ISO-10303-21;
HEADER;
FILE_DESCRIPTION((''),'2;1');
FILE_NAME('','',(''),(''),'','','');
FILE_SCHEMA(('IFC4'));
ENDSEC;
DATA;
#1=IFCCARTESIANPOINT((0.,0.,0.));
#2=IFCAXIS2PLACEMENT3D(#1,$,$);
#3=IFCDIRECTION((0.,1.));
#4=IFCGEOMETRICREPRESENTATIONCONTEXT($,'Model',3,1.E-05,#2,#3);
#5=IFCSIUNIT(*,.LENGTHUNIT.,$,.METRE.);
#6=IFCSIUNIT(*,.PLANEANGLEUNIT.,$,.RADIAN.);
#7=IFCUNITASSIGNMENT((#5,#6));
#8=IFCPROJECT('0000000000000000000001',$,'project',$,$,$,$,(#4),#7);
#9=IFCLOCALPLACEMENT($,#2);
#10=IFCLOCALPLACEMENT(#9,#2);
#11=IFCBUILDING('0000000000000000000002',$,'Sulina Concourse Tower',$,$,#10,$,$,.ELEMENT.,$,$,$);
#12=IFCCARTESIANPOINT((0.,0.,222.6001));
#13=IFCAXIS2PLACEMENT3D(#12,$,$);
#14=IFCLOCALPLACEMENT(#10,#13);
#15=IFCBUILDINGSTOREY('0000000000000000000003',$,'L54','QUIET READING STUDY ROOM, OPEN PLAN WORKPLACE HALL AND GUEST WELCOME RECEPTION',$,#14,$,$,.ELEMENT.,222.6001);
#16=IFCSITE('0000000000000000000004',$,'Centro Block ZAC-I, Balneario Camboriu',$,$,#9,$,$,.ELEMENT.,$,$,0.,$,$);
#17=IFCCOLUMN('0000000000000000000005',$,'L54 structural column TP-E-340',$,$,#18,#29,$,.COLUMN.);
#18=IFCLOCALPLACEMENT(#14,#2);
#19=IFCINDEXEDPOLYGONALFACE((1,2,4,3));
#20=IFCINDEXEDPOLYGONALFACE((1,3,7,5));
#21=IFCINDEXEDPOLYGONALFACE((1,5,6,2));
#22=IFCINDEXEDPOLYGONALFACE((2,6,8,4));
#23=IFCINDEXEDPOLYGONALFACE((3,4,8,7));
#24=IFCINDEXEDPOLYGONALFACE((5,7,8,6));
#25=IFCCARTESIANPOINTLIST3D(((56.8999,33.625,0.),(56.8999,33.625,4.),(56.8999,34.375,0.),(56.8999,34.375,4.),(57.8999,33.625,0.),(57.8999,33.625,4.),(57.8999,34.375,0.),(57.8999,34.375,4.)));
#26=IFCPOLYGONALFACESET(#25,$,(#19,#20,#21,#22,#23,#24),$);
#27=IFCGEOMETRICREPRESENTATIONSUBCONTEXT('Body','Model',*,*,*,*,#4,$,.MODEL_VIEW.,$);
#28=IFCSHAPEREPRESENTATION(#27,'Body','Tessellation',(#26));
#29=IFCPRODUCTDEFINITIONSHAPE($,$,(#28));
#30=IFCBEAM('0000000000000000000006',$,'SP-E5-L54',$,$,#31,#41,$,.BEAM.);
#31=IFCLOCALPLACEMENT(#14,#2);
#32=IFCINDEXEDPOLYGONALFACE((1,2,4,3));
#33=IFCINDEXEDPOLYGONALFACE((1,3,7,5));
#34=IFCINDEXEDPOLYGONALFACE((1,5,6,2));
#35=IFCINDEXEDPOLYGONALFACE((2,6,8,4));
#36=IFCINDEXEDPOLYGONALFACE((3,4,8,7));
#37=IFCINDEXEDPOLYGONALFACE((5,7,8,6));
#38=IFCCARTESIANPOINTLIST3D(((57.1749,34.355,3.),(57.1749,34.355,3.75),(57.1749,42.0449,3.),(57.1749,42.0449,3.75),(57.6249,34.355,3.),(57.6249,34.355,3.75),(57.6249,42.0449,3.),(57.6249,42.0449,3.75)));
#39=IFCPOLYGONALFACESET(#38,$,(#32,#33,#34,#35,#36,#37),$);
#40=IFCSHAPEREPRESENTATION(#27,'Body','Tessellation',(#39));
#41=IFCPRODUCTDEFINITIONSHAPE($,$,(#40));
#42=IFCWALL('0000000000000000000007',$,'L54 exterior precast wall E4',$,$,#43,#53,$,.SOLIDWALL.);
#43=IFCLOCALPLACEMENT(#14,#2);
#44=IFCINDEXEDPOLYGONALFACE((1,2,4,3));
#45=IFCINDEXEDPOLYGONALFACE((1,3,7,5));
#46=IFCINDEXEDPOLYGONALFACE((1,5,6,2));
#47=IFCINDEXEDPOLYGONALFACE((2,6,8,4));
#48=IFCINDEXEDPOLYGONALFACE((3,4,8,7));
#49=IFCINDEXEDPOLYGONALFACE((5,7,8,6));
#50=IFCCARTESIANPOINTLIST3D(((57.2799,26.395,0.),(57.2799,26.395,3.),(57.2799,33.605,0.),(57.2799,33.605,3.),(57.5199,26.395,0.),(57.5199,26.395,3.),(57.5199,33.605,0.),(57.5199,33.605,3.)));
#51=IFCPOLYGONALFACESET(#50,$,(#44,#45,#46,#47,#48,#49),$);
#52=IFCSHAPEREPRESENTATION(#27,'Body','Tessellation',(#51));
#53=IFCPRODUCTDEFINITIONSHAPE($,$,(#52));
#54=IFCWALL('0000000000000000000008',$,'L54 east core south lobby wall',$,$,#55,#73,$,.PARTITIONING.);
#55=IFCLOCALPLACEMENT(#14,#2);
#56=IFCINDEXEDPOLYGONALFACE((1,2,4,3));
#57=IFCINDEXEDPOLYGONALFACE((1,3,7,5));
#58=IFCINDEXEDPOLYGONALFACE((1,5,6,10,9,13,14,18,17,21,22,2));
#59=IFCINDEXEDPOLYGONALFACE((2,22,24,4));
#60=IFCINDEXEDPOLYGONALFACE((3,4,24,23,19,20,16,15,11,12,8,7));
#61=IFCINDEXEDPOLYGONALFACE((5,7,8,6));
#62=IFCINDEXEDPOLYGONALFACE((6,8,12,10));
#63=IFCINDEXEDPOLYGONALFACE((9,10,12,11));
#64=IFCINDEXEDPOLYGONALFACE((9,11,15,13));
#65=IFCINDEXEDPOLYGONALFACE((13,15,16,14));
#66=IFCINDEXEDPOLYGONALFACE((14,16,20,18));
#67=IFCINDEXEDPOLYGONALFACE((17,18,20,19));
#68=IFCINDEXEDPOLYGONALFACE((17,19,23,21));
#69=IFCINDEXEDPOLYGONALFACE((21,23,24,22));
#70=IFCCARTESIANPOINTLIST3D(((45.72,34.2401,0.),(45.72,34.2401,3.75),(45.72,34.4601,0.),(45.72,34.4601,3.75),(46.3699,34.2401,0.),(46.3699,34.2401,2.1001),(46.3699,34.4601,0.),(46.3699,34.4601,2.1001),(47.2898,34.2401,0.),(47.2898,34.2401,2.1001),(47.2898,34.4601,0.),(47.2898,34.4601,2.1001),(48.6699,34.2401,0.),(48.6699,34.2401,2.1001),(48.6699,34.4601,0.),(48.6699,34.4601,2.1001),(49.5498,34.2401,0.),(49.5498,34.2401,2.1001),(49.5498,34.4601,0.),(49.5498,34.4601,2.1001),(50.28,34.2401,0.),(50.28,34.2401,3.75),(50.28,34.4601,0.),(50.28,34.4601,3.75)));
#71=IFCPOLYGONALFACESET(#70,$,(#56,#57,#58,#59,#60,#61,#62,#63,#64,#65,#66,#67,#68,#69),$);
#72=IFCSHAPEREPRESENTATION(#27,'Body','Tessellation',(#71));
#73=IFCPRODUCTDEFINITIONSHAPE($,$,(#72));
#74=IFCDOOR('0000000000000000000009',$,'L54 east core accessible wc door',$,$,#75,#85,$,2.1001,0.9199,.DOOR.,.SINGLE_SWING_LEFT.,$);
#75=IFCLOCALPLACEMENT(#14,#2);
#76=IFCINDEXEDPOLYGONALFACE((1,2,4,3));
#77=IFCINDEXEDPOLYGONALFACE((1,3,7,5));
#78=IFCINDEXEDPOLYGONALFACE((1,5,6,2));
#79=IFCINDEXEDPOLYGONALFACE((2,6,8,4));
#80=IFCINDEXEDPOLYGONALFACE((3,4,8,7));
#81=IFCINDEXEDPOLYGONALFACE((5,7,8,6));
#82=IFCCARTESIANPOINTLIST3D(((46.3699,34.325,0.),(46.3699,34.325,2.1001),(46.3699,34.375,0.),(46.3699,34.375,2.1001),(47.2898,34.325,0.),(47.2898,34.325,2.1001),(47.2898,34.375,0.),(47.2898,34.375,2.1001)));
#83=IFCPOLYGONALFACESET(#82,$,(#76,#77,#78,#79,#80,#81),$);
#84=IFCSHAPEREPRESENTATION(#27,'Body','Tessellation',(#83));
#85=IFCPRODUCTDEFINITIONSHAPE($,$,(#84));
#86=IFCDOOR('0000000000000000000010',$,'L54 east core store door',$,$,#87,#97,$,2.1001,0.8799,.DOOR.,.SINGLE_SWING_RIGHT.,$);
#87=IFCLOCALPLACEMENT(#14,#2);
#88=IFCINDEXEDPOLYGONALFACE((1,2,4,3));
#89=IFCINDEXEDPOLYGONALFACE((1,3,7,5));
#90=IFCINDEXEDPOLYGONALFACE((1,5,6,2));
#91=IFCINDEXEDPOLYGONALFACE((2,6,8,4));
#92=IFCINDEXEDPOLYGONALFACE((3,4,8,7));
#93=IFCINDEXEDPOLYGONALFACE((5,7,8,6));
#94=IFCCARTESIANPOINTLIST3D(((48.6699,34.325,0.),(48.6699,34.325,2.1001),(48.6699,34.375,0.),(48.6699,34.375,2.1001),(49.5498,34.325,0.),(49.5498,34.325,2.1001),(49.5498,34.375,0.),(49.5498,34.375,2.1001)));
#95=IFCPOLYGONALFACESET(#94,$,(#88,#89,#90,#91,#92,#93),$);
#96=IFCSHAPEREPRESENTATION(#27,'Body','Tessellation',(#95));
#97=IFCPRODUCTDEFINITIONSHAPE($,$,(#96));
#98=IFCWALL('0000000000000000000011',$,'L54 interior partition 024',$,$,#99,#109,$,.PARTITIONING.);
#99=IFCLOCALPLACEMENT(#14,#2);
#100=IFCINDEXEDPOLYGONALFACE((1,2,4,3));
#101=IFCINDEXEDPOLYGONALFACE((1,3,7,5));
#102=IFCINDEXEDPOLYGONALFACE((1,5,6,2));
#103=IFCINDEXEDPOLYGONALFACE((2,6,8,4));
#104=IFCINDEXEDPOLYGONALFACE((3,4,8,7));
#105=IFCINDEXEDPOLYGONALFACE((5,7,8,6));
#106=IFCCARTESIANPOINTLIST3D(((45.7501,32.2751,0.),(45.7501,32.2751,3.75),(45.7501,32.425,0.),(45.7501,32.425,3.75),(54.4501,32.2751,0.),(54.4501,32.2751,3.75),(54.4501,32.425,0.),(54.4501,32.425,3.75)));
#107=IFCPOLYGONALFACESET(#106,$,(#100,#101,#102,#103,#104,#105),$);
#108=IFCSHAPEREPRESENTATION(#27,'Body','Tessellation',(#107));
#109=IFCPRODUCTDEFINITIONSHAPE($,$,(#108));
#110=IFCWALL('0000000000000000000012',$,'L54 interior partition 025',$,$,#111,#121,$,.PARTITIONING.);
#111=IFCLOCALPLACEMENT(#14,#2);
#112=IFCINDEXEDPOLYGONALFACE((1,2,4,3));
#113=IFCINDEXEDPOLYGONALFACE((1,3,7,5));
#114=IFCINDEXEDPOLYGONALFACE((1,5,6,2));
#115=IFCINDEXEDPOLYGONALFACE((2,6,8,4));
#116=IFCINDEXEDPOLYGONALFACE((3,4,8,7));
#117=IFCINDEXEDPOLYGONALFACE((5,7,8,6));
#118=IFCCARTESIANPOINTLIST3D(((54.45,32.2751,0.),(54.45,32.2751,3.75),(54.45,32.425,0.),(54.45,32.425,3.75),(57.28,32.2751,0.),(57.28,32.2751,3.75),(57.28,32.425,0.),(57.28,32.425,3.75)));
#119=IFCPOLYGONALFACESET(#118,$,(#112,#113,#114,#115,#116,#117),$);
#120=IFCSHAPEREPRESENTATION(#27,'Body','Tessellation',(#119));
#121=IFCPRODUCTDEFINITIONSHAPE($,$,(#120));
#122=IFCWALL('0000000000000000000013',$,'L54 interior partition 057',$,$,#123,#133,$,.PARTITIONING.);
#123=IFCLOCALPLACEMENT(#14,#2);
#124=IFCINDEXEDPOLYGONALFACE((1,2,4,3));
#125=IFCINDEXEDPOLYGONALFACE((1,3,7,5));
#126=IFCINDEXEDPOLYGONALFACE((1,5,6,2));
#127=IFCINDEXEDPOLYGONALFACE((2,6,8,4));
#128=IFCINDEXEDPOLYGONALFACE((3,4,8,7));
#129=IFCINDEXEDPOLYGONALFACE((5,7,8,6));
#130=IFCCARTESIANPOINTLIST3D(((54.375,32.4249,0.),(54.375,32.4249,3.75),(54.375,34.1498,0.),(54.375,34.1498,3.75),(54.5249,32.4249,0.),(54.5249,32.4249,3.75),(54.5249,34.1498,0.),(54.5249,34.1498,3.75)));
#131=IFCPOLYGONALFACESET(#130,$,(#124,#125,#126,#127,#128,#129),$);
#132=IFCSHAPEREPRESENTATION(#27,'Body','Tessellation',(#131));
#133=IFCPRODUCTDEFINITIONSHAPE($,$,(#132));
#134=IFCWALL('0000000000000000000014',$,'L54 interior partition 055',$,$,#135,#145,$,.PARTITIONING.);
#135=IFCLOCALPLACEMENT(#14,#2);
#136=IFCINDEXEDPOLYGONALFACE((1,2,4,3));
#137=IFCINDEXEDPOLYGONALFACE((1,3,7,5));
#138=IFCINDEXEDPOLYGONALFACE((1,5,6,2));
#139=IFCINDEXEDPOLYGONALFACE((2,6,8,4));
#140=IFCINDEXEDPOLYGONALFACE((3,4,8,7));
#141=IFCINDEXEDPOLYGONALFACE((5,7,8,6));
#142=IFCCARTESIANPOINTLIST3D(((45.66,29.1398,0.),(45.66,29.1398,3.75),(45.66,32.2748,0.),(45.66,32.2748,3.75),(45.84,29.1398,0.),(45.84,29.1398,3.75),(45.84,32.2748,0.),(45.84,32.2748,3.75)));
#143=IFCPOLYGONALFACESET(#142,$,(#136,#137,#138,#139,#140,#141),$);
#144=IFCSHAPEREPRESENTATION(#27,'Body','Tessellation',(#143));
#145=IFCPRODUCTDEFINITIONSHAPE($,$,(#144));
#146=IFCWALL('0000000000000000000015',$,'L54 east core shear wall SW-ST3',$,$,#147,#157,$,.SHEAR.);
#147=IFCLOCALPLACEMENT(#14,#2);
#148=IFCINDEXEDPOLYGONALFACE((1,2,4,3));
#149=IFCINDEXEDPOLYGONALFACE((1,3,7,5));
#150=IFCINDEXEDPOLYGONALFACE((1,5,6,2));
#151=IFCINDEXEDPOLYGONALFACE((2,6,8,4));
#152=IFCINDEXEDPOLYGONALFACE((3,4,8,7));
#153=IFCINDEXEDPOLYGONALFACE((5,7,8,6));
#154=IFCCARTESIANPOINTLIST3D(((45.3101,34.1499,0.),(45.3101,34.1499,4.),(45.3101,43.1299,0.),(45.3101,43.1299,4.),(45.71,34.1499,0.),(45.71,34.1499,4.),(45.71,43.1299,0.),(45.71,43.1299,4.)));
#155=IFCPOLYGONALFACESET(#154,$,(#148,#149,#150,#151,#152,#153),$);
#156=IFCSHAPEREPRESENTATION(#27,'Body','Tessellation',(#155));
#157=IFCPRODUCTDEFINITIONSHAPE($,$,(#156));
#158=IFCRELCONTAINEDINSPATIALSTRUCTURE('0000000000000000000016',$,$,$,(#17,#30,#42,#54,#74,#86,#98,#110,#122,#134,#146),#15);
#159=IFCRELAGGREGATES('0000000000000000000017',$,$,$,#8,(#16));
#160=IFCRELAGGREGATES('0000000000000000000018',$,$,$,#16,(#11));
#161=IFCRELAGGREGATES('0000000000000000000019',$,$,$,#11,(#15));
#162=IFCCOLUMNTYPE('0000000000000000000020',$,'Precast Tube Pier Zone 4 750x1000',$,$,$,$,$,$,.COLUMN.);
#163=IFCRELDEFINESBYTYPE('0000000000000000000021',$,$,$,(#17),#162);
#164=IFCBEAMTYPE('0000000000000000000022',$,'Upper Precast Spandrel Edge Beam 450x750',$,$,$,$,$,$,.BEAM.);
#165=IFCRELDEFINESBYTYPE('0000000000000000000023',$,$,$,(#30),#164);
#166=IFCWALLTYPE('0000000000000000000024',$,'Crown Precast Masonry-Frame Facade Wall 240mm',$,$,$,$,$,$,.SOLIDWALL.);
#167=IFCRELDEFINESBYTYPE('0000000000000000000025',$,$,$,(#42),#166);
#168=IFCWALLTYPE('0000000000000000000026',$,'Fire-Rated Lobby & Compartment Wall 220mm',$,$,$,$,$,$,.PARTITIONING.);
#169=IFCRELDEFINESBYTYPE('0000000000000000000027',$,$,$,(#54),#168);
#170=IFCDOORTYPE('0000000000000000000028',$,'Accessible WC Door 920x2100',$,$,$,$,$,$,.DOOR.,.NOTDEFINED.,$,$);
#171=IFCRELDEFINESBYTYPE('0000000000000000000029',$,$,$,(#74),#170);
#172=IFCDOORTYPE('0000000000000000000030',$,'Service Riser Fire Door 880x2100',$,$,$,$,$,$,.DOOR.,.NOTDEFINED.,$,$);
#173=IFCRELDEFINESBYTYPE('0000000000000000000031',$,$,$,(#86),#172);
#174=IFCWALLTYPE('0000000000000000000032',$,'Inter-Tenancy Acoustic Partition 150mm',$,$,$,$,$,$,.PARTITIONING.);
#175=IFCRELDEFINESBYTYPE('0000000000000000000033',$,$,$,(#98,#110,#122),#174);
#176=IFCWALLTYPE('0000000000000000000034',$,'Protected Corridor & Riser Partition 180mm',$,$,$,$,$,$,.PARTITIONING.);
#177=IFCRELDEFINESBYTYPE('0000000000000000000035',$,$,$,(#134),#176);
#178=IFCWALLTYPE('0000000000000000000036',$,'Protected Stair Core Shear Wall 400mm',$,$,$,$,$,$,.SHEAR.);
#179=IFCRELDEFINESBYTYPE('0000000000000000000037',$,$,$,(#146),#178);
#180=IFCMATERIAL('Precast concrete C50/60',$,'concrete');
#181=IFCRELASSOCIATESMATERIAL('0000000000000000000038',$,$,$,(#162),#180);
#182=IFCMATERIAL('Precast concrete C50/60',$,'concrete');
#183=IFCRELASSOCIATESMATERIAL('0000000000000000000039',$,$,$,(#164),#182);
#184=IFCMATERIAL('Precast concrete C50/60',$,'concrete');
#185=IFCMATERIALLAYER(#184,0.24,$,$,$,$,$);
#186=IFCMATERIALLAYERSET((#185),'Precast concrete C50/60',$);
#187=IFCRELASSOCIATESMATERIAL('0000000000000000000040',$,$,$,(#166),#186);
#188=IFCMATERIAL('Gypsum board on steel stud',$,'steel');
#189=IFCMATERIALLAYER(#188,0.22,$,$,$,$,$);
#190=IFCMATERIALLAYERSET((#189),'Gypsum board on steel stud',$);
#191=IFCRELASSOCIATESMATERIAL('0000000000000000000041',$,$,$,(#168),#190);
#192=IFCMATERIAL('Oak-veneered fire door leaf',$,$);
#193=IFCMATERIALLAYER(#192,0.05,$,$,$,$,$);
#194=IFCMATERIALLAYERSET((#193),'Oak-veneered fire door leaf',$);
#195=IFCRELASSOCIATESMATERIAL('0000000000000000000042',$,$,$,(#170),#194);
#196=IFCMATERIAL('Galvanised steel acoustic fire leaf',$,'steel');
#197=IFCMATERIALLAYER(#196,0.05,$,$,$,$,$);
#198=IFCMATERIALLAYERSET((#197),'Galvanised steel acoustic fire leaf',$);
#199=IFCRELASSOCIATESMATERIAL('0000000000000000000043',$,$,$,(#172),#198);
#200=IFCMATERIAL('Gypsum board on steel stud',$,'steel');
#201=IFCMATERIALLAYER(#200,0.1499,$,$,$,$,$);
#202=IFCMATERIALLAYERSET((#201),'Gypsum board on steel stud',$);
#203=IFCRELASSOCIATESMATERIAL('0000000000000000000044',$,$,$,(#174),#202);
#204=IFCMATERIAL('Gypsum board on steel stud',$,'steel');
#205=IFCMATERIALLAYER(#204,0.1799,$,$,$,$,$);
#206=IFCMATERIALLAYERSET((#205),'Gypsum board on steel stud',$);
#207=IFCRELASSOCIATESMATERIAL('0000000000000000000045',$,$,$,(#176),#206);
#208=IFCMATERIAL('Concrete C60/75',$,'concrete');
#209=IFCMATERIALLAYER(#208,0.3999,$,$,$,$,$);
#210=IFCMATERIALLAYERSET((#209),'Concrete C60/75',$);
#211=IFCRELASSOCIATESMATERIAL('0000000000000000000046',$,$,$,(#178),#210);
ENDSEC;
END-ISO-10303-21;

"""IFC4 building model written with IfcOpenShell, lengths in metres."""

from ifc_helpers import new_model, si_unit, direction, frame, frame_2d, origin, origin_2d, place, context, subcontext, project, spatial, rectangle, extrude, material, layer, layer_set, material_profile, profile_set, type_object, element, fill, save


model = new_model("IFC4")

# Units and contexts
model_context = context("Model", 3, precision=1e-05, world=origin(), true_north=direction((0.0, 1.0)))
body_context = subcontext(model_context, "Body", "Model", "MODEL_VIEW")
ifc_project = project(units=[si_unit("LENGTHUNIT", "METRE"), si_unit("PLANEANGLEUNIT", "RADIAN")], contexts=[model_context])

# Site, building, storey
site_placement = place(None, origin())
site = spatial("IfcSite", under=ifc_project, at=site_placement, Name="Centro Block ZAC-I, Balneario Camboriu", CompositionType="ELEMENT", RefElevation=0.0)
building_placement = place(site_placement, origin())
building = spatial("IfcBuilding", under=site, at=building_placement, Name="Sulina Concourse Tower", CompositionType="ELEMENT")
storey_placement = place(building_placement, frame((0.0, 0.0, 222.6001)))
storey = spatial("IfcBuildingStorey", under=building, at=storey_placement, Name="L54", Description="QUIET READING STUDY ROOM, OPEN PLAN WORKPLACE HALL AND GUEST WELCOME RECEPTION", CompositionType="ELEMENT", Elevation=222.6001)

# Column
ifc_material_1 = material(Name="Precast concrete C50/60", Category="concrete")
ifc_material_profile_1 = material_profile(ifc_material_1, rectangle(XDim=0.75, YDim=1.0, at=origin_2d()), Name="PC 750x1000")
ifc_profile_set_1 = profile_set([ifc_material_profile_1], Name="Precast concrete C50/60")
column_type = type_object("IfcColumnType", Name="Precast Tube Pier Zone 4 750x1000", PredefinedType="COLUMN", material=ifc_profile_set_1)
column_placement = place(storey_placement, frame((57.3999, 34.0, 0.0), z_axis=(0.0, 0.0, 1.0), x_axis=(0.0, 1.0, 0.0)))
element("IfcColumn", 1, at=column_placement, inside=storey, type_object=column_type, Name="L54 structural column TP-E-340", PredefinedType="COLUMN", context=body_context, shape_type="SweptSolid", body=[
    extrude(rectangle(XDim=0.75, YDim=1.0, at=origin_2d()), origin(), (0.0, 0.0, 1.0), 4.0),
])

# Beam
ifc_material_2 = material(Name="Precast concrete C50/60", Category="concrete")
ifc_material_profile_2 = material_profile(ifc_material_2, rectangle(XDim=0.45, YDim=0.75, at=origin_2d()), Name="RC 450x750")
ifc_profile_set_2 = profile_set([ifc_material_profile_2], Name="Precast concrete C50/60")
beam_type = type_object("IfcBeamType", Name="Upper Precast Spandrel Edge Beam 450x750", PredefinedType="BEAM", material=ifc_profile_set_2)
beam_placement = place(storey_placement, frame((57.3999, 34.355, 3.375), z_axis=(0.0, 1.0, 0.0), x_axis=(-1.0, 0.0, 0.0)))
element("IfcBeam", 2, at=beam_placement, inside=storey, type_object=beam_type, Name="SP-E5-L54", PredefinedType="BEAM", context=body_context, shape_type="SweptSolid", body=[
    extrude(rectangle(XDim=0.45, YDim=0.75, at=origin_2d()), origin(), (0.0, 0.0, 1.0), 7.6899),
])

# Wall
ifc_material_3 = material(Name="Precast concrete C50/60", Category="concrete")
ifc_layer_1 = layer(ifc_material_3, 0.24)
ifc_layer_set_1 = layer_set([ifc_layer_1], Name="Precast concrete C50/60")
wall_type_1 = type_object("IfcWallType", Name="Crown Precast Masonry-Frame Facade Wall 240mm", PredefinedType="SOLIDWALL", material=ifc_layer_set_1)
wall_1_placement = place(storey_placement, frame((57.3999, 33.605, 0.0), z_axis=(0.0, 0.0, 1.0), x_axis=(0.0, -1.0, 0.0)))
element("IfcWall", 3, at=wall_1_placement, inside=storey, type_object=wall_type_1, Name="L54 exterior precast wall E4", PredefinedType="SOLIDWALL", context=body_context, shape_type="SweptSolid", body=[
    extrude(rectangle(XDim=7.21, YDim=0.24, at=frame_2d((3.605, 0.0))), origin(), (0.0, 0.0, 1.0), 3.0),
])

# Wall, openings, doors
ifc_material_4 = material(Name="Gypsum board on steel stud", Category="steel")
ifc_layer_2 = layer(ifc_material_4, 0.22)
ifc_layer_set_2 = layer_set([ifc_layer_2], Name="Gypsum board on steel stud")
wall_type_2 = type_object("IfcWallType", Name="Fire-Rated Lobby & Compartment Wall 220mm", PredefinedType="PARTITIONING", material=ifc_layer_set_2)
wall_2_placement = place(storey_placement, frame((45.72, 34.3501, 0.0), z_axis=(0.0, 0.0, 1.0), x_axis=(1.0, 0.0, 0.0)))
wall_2 = element("IfcWall", 4, at=wall_2_placement, inside=storey, type_object=wall_type_2, Name="L54 east core south lobby wall", PredefinedType="PARTITIONING", context=body_context, shape_type="SweptSolid", body=[
    extrude(rectangle(XDim=4.5601, YDim=0.22, at=frame_2d((2.28, 0.0))), origin(), (0.0, 0.0, 1.0), 3.75),
])
opening_1_placement = place(wall_2_placement, frame((0.6499, 0.0, 0.0)))
opening_1 = element("IfcOpeningElement", 5, at=opening_1_placement, cuts=wall_2, PredefinedType="OPENING", context=body_context, shape_type="SweptSolid", body=[
    extrude(rectangle(XDim=0.9199, YDim=2.1001, at=frame_2d((0.46, 1.05))), frame((0.0, 0.1199, 0.0), z_axis=(0.0, -1.0, 0.0), x_axis=(1.0, 0.0, 0.0)), (0.0, 0.0, 1.0), 0.24),
])
opening_2_placement = place(wall_2_placement, frame((2.95, 0.0, 0.0)))
opening_2 = element("IfcOpeningElement", 6, at=opening_2_placement, cuts=wall_2, PredefinedType="OPENING", context=body_context, shape_type="SweptSolid", body=[
    extrude(rectangle(XDim=0.8799, YDim=2.1001, at=frame_2d((0.4399, 1.05))), frame((0.0, 0.1199, 0.0), z_axis=(0.0, -1.0, 0.0), x_axis=(1.0, 0.0, 0.0)), (0.0, 0.0, 1.0), 0.24),
])
ifc_material_5 = material(Name="Oak-veneered fire door leaf")
ifc_layer_3 = layer(ifc_material_5, 0.05)
ifc_layer_set_3 = layer_set([ifc_layer_3], Name="Oak-veneered fire door leaf")
door_type_1 = type_object("IfcDoorType", Name="Accessible WC Door 920x2100", OperationType="NOTDEFINED", PredefinedType="DOOR", material=ifc_layer_set_3)
door_1_placement = place(opening_1_placement, origin())
door_1 = element("IfcDoor", 7, at=door_1_placement, inside=storey, type_object=door_type_1, Name="L54 east core accessible wc door", OperationType="SINGLE_SWING_LEFT", OverallHeight=2.1001, OverallWidth=0.9199, PredefinedType="DOOR", context=body_context, shape_type="SweptSolid", body=[
    extrude(rectangle(XDim=0.9199, YDim=2.1001, at=frame_2d((0.46, 1.05))), frame((0.0, 0.0249, 0.0), z_axis=(0.0, -1.0, 0.0), x_axis=(1.0, 0.0, 0.0)), (0.0, 0.0, 1.0), 0.05),
])
fill(opening_1, door_1)
ifc_material_6 = material(Name="Galvanised steel acoustic fire leaf", Category="steel")
ifc_layer_4 = layer(ifc_material_6, 0.05)
ifc_layer_set_4 = layer_set([ifc_layer_4], Name="Galvanised steel acoustic fire leaf")
door_type_2 = type_object("IfcDoorType", Name="Service Riser Fire Door 880x2100", OperationType="NOTDEFINED", PredefinedType="DOOR", material=ifc_layer_set_4)
door_2_placement = place(opening_2_placement, origin())
door_2 = element("IfcDoor", 8, at=door_2_placement, inside=storey, type_object=door_type_2, Name="L54 east core store door", OperationType="SINGLE_SWING_RIGHT", OverallHeight=2.1001, OverallWidth=0.8799, PredefinedType="DOOR", context=body_context, shape_type="SweptSolid", body=[
    extrude(rectangle(XDim=0.8799, YDim=2.1001, at=frame_2d((0.4399, 1.05))), frame((0.0, 0.0249, 0.0), z_axis=(0.0, -1.0, 0.0), x_axis=(1.0, 0.0, 0.0)), (0.0, 0.0, 1.0), 0.05),
])
fill(opening_2, door_2)

# Walls
ifc_material_7 = material(Name="Gypsum board on steel stud", Category="steel")
ifc_layer_5 = layer(ifc_material_7, 0.1499)
ifc_layer_set_5 = layer_set([ifc_layer_5], Name="Gypsum board on steel stud")
wall_type_3 = type_object("IfcWallType", Name="Inter-Tenancy Acoustic Partition 150mm", PredefinedType="PARTITIONING", material=ifc_layer_set_5)
wall_3_placement = place(storey_placement, frame((45.75, 32.3501, 0.0), z_axis=(0.0, 0.0, 1.0), x_axis=(1.0, 0.0, 0.0)))
element("IfcWall", 9, at=wall_3_placement, inside=storey, type_object=wall_type_3, Name="L54 interior partition 024", PredefinedType="PARTITIONING", context=body_context, shape_type="SweptSolid", body=[
    extrude(rectangle(XDim=8.7, YDim=0.1499, at=frame_2d((4.3501, 0.0))), origin(), (0.0, 0.0, 1.0), 3.75),
])
wall_4_placement = place(storey_placement, frame((54.45, 32.3501, 0.0), z_axis=(0.0, 0.0, 1.0), x_axis=(1.0, 0.0, 0.0)))
element("IfcWall", 10, at=wall_4_placement, inside=storey, type_object=wall_type_3, Name="L54 interior partition 025", PredefinedType="PARTITIONING", context=body_context, shape_type="SweptSolid", body=[
    extrude(rectangle(XDim=2.8301, YDim=0.1499, at=frame_2d((1.415, 0.0))), origin(), (0.0, 0.0, 1.0), 3.75),
])
wall_5_placement = place(storey_placement, frame((54.45, 32.425, 0.0), z_axis=(0.0, 0.0, 1.0), x_axis=(0.0, 1.0, 0.0)))
element("IfcWall", 11, at=wall_5_placement, inside=storey, type_object=wall_type_3, Name="L54 interior partition 057", PredefinedType="PARTITIONING", context=body_context, shape_type="SweptSolid", body=[
    extrude(rectangle(XDim=1.7249, YDim=0.1499, at=frame_2d((0.8623, 0.0))), origin(), (0.0, 0.0, 1.0), 3.75),
])
ifc_material_8 = material(Name="Gypsum board on steel stud", Category="steel")
ifc_layer_6 = layer(ifc_material_8, 0.1799)
ifc_layer_set_6 = layer_set([ifc_layer_6], Name="Gypsum board on steel stud")
wall_type_4 = type_object("IfcWallType", Name="Protected Corridor & Riser Partition 180mm", PredefinedType="PARTITIONING", material=ifc_layer_set_6)
wall_6_placement = place(storey_placement, frame((45.75, 29.1399, 0.0), z_axis=(0.0, 0.0, 1.0), x_axis=(0.0, 1.0, 0.0)))
element("IfcWall", 12, at=wall_6_placement, inside=storey, type_object=wall_type_4, Name="L54 interior partition 055", PredefinedType="PARTITIONING", context=body_context, shape_type="SweptSolid", body=[
    extrude(rectangle(XDim=3.135, YDim=0.1799, at=frame_2d((1.5674, 0.0))), origin(), (0.0, 0.0, 1.0), 3.75),
])
ifc_material_9 = material(Name="Concrete C60/75", Category="concrete")
ifc_layer_7 = layer(ifc_material_9, 0.3999)
ifc_layer_set_7 = layer_set([ifc_layer_7], Name="Concrete C60/75")
wall_type_5 = type_object("IfcWallType", Name="Protected Stair Core Shear Wall 400mm", PredefinedType="SHEAR", material=ifc_layer_set_7)
wall_7_placement = place(storey_placement, frame((45.51, 34.1499, 0.0), z_axis=(0.0, 0.0, 1.0), x_axis=(0.0, 1.0, 0.0)))
element("IfcWall", 13, at=wall_7_placement, inside=storey, type_object=wall_type_5, Name="L54 east core shear wall SW-ST3", PredefinedType="SHEAR", context=body_context, shape_type="SweptSolid", body=[
    extrude(rectangle(XDim=8.98, YDim=0.3999, at=frame_2d((4.49, 0.0))), origin(), (0.0, 0.0, 1.0), 4.0),
])

save(model, "model.ifc")
